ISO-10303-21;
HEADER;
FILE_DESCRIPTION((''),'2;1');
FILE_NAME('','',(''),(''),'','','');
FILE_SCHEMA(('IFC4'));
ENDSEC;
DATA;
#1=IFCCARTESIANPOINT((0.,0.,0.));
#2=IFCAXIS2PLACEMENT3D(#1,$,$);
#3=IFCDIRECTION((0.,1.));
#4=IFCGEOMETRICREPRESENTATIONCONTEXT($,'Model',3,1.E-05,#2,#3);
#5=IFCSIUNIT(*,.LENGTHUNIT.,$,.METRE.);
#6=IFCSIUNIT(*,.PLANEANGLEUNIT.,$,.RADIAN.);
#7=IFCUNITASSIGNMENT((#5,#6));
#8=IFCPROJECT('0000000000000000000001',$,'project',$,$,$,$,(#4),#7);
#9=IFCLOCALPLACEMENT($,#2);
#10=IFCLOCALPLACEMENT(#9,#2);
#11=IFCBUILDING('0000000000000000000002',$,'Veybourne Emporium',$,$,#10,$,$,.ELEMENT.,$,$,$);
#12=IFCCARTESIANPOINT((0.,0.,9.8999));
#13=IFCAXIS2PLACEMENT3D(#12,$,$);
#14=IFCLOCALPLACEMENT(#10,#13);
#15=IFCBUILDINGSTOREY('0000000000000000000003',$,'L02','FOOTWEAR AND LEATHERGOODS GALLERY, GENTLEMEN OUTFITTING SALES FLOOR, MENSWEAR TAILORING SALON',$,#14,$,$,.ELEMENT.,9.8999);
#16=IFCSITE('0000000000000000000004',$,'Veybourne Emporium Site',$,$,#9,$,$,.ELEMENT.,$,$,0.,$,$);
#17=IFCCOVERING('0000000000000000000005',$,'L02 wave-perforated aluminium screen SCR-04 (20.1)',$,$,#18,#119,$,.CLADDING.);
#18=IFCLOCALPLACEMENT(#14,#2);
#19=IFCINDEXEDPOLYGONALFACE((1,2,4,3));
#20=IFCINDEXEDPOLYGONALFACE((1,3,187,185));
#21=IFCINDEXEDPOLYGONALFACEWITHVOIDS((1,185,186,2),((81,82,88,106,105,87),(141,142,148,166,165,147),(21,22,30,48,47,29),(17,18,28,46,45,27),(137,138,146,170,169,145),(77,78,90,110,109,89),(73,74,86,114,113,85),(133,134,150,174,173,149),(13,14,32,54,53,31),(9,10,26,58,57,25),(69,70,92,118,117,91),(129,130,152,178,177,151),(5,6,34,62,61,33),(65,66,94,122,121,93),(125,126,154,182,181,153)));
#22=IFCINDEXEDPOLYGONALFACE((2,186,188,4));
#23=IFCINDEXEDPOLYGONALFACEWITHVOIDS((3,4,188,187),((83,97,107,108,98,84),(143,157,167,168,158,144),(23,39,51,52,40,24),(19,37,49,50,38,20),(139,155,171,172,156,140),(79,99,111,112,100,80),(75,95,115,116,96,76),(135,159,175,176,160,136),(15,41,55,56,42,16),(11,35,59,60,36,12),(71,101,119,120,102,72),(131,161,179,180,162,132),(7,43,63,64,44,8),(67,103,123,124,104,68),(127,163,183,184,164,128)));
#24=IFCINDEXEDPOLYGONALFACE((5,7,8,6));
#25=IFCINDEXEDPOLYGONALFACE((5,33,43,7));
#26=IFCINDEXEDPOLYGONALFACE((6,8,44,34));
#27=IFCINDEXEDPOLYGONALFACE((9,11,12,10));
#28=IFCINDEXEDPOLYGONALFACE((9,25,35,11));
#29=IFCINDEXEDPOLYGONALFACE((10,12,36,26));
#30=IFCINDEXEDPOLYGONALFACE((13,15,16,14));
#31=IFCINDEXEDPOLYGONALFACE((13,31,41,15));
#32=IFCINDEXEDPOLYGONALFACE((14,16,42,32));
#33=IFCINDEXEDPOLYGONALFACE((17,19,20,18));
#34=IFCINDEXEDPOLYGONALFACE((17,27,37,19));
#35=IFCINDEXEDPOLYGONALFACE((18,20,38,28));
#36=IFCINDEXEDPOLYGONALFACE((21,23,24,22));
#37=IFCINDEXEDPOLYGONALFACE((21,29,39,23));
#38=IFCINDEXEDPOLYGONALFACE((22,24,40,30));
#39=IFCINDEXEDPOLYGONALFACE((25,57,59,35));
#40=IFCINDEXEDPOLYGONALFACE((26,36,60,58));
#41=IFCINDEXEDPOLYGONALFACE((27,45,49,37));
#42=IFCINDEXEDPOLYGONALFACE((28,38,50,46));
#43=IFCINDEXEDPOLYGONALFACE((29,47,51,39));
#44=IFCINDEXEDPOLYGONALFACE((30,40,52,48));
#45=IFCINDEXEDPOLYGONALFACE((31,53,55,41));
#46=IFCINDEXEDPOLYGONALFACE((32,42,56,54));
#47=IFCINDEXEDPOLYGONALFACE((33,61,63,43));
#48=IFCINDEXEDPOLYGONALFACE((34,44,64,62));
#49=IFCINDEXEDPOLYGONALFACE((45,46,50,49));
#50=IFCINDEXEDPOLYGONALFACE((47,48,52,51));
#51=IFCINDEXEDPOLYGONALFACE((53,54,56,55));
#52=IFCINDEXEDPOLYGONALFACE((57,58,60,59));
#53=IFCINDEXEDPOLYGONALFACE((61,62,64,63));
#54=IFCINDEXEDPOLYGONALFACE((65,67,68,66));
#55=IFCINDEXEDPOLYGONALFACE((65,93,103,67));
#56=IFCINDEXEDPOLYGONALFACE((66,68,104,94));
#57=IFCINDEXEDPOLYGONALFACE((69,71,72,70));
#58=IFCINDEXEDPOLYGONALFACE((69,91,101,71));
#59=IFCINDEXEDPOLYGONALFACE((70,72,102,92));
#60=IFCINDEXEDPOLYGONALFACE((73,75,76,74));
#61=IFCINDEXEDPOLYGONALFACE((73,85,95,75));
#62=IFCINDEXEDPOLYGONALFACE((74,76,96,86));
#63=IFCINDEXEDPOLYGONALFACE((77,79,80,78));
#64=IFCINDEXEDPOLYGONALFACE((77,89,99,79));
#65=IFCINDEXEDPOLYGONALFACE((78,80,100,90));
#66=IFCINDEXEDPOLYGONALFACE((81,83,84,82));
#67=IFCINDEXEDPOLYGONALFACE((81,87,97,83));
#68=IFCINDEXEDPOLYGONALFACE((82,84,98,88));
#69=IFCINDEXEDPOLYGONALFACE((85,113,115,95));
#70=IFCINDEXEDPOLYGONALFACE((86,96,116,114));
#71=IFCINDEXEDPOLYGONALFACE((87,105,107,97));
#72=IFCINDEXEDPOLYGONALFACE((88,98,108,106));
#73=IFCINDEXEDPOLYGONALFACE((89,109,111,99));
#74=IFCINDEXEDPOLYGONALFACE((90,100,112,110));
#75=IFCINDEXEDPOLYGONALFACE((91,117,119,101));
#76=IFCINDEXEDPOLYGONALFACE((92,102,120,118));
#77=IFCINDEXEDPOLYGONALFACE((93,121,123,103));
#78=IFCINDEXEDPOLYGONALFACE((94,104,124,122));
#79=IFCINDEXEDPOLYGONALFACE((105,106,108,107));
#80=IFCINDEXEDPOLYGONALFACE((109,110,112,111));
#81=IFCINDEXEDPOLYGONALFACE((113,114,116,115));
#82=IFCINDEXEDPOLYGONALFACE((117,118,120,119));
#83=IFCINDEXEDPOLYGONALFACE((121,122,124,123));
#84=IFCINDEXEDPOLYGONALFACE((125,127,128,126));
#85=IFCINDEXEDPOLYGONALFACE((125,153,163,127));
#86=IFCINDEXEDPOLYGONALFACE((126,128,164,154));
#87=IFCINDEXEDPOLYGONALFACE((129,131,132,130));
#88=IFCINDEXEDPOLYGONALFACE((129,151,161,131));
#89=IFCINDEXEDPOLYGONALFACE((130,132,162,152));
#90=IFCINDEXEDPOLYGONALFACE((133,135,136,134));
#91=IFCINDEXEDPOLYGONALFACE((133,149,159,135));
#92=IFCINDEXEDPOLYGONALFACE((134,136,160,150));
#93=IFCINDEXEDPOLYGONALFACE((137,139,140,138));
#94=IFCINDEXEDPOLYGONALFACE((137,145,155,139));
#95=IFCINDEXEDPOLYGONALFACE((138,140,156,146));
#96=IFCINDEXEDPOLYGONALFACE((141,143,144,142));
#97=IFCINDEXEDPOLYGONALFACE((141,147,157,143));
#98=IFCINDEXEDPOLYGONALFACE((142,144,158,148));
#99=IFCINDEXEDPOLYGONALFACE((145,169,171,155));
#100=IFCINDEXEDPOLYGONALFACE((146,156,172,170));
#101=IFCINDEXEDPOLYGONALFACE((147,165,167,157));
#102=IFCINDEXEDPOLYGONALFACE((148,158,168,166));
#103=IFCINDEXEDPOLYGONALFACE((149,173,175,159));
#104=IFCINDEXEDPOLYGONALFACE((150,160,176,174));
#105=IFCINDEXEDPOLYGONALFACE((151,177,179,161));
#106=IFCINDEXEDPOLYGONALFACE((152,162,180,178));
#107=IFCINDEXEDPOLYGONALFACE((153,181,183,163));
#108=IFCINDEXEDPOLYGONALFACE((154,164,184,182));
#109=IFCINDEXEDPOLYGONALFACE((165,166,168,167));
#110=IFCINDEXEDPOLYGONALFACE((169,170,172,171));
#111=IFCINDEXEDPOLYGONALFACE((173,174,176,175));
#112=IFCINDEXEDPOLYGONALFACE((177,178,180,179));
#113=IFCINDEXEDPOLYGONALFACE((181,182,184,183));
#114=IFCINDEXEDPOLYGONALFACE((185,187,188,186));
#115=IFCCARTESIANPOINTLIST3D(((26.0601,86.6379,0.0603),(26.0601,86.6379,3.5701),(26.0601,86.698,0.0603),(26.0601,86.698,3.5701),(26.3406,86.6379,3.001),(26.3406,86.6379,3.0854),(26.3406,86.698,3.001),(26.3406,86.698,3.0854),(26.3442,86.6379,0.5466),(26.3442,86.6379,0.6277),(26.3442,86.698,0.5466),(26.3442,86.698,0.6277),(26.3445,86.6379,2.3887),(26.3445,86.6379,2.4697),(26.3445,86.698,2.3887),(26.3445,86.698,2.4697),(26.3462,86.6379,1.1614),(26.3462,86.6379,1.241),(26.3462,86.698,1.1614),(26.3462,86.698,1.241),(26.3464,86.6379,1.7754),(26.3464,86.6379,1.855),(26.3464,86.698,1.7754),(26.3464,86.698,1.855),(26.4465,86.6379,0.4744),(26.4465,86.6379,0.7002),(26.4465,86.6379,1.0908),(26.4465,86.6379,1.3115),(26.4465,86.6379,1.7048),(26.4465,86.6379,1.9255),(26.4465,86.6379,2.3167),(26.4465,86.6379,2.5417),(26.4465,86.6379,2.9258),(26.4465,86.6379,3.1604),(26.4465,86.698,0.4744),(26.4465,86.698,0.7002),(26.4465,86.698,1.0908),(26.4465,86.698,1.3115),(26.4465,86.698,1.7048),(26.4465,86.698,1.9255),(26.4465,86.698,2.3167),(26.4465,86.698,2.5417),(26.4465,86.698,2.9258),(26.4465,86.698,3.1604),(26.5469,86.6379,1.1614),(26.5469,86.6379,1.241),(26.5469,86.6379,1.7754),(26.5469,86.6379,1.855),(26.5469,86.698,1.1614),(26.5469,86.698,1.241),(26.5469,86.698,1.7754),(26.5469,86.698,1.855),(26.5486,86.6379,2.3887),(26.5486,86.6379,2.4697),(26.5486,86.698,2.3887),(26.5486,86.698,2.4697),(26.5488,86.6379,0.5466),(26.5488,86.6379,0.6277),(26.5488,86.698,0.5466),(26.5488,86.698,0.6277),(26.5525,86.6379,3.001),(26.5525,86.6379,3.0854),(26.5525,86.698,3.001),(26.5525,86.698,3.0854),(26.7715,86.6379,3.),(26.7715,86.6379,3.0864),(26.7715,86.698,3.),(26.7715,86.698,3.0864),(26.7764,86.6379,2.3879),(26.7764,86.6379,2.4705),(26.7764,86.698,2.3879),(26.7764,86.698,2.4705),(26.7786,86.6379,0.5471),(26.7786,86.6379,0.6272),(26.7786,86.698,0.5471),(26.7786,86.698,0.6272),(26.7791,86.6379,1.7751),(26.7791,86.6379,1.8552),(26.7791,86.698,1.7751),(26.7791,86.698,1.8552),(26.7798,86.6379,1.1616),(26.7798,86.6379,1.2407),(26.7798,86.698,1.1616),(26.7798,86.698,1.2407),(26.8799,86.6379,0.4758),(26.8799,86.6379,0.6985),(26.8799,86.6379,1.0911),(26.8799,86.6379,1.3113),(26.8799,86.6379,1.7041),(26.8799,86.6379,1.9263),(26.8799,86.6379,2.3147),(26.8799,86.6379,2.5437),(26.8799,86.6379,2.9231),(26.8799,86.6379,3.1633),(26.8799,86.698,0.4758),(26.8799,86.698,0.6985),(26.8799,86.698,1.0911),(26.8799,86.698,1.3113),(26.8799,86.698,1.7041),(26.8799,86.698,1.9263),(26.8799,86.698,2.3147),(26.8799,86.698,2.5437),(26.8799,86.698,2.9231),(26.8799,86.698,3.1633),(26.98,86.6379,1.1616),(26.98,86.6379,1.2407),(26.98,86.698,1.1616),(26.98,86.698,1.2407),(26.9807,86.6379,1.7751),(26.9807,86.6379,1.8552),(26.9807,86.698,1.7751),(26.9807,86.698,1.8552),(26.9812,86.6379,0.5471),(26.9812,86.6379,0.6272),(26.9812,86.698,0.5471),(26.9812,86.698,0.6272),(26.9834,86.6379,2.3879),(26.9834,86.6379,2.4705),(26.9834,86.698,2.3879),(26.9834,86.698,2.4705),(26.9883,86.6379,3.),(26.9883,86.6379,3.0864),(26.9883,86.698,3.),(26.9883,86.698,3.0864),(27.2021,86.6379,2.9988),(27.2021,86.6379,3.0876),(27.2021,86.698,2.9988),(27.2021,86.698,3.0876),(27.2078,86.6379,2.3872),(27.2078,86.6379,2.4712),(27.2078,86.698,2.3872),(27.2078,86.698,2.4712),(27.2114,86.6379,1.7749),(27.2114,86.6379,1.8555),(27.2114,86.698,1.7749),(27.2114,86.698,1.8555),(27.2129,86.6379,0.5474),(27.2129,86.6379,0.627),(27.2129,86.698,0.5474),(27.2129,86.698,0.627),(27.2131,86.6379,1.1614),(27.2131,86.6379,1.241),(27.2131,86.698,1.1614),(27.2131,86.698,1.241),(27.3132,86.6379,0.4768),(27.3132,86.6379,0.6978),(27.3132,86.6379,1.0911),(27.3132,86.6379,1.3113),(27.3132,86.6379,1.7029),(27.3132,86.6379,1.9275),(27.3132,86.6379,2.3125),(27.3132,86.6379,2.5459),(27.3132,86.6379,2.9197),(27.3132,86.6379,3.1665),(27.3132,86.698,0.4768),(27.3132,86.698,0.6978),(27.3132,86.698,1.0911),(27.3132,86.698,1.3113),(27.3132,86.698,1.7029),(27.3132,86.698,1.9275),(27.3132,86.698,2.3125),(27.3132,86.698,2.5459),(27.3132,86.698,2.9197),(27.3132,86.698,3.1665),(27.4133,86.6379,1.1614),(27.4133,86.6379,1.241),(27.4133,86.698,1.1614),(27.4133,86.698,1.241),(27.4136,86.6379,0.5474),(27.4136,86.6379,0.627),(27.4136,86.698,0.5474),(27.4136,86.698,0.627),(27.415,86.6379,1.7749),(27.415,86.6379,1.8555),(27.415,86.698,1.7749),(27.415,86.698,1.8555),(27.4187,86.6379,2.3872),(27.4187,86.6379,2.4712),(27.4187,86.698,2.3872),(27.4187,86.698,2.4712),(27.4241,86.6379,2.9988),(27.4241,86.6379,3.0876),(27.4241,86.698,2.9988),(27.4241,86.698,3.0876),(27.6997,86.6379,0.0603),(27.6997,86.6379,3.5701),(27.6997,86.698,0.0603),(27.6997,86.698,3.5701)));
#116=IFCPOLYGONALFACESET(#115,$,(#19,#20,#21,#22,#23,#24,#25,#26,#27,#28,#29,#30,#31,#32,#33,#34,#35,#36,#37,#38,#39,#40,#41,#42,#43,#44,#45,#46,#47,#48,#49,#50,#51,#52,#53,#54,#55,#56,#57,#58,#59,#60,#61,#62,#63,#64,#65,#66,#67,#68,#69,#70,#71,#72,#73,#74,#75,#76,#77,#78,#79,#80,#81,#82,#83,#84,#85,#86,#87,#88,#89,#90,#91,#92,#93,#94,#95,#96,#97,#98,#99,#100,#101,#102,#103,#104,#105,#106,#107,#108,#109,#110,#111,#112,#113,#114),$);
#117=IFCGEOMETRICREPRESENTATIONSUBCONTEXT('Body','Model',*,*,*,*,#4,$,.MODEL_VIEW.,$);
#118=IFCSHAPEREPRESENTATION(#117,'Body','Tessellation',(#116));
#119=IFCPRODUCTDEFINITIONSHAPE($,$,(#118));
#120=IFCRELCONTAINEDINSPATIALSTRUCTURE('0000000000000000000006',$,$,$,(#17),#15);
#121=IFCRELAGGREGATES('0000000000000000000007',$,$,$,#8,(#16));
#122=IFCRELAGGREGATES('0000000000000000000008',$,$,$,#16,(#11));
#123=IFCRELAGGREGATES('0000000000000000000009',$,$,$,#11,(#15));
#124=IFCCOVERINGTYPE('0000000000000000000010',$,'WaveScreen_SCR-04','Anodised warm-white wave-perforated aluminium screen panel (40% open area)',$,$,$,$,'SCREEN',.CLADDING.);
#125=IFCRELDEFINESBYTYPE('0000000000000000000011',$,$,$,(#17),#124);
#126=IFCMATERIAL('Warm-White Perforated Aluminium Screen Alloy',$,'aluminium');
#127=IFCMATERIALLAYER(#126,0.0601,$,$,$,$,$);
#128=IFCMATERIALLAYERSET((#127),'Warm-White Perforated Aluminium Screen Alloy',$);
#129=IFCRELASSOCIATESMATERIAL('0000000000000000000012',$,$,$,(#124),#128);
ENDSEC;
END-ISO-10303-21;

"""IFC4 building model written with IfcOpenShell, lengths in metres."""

from ifc_helpers import new_model, si_unit, direction, frame, origin, place, context, subcontext, project, spatial, polyline, outline, extrude, material, layer, layer_set, type_object, element, save


model = new_model("IFC4")

# Units and contexts
model_context = context("Model", 3, precision=1e-05, world=origin(), true_north=direction((0.0, 1.0)))
body_context = subcontext(model_context, "Body", "Model", "MODEL_VIEW")
ifc_project = project(units=[si_unit("LENGTHUNIT", "METRE"), si_unit("PLANEANGLEUNIT", "RADIAN")], contexts=[model_context])

# Site, building, storey
site_placement = place(None, origin())
site = spatial("IfcSite", under=ifc_project, at=site_placement, Name="Veybourne Emporium Site", CompositionType="ELEMENT", RefElevation=0.0)
building_placement = place(site_placement, origin())
building = spatial("IfcBuilding", under=site, at=building_placement, Name="Veybourne Emporium", CompositionType="ELEMENT")
storey_placement = place(building_placement, frame((0.0, 0.0, 9.8999)))
storey = spatial("IfcBuildingStorey", under=building, at=storey_placement, Name="L02", Description="FOOTWEAR AND LEATHERGOODS GALLERY, GENTLEMEN OUTFITTING SALES FLOOR, MENSWEAR TAILORING SALON", CompositionType="ELEMENT", Elevation=9.8999)

# Covering
ifc_material_1 = material(Name="Warm-White Perforated Aluminium Screen Alloy", Category="aluminium")
ifc_layer_1 = layer(ifc_material_1, 0.0601)
ifc_layer_set_1 = layer_set([ifc_layer_1], Name="Warm-White Perforated Aluminium Screen Alloy")
covering_type_1 = type_object("IfcCoveringType", Name="WaveScreen_SCR-04", Description="Anodised warm-white wave-perforated aluminium screen panel (40% open area)", ElementType="SCREEN", PredefinedType="CLADDING", material=ifc_layer_set_1)
covering_1_placement = place(storey_placement, frame((26.8799, 86.698, 1.8152), z_axis=(0.0, -1.0, 0.0), x_axis=(1.0, 0.0, 0.0)))
element("IfcCovering", 1, at=covering_1_placement, inside=storey, type_object=covering_type_1, Name="L02 wave-perforated aluminium screen SCR-04 (20.1)", PredefinedType="CLADDING", context=body_context, shape_type="SweptSolid", body=[
    extrude(outline(polyline([(-0.8198, -1.7549), (0.8198, -1.7549), (0.8198, 1.7549), (-0.8198, 1.7549), (-0.8198, -1.7549)]), holes=[polyline([(-0.4333, -1.115), (-0.3311, -1.1875), (-0.3311, -1.2686), (-0.4333, -1.3408), (-0.5356, -1.2686), (-0.5356, -1.1875), (-0.4333, -1.115)]), polyline([(-0.4333, -0.5037), (-0.333, -0.5742), (-0.333, -0.6538), (-0.4333, -0.7244), (-0.5337, -0.6538), (-0.5337, -0.5742), (-0.4333, -0.5037)]), polyline([(-0.4333, 0.1104), (-0.333, 0.0398), (-0.333, -0.0398), (-0.4333, -0.1104), (-0.5334, -0.0398), (-0.5334, 0.0398), (-0.4333, 0.1104)]), polyline([(-0.4333, 0.7266), (-0.3313, 0.6545), (-0.3313, 0.5735), (-0.4333, 0.5015), (-0.5354, 0.5735), (-0.5354, 0.6545), (-0.4333, 0.7266)]), polyline([(-0.4333, 1.3452), (-0.3274, 1.2703), (-0.3274, 1.1858), (-0.4333, 1.1106), (-0.5393, 1.1858), (-0.5393, 1.2703), (-0.4333, 1.3452)]), polyline([(0.0, -1.1167), (0.1013, -1.188), (0.1013, -1.2681), (0.0, -1.3394), (-0.1013, -1.2681), (-0.1013, -1.188), (0.0, -1.1167)]), polyline([(0.0, -0.5039), (0.1001, -0.5745), (0.1001, -0.6536), (0.0, -0.7241), (-0.1001, -0.6536), (-0.1001, -0.5745), (0.0, -0.5039)]), polyline([(0.0, 0.1111), (0.1008, 0.04), (0.1008, -0.04), (0.0, -0.1111), (-0.1008, -0.04), (-0.1008, 0.04), (0.0, 0.1111)]), polyline([(0.0, 0.7285), (0.1035, 0.6553), (0.1035, 0.5728), (0.0, 0.4995), (-0.1035, 0.5728), (-0.1035, 0.6553), (0.0, 0.7285)]), polyline([(0.0, 1.3481), (0.1084, 1.2712), (0.1084, 1.1848), (0.0, 1.1079), (-0.1084, 1.1848), (-0.1084, 1.2712), (0.0, 1.3481)]), polyline([(0.4333, -1.1174), (0.5337, -1.1882), (0.5337, -1.2678), (0.4333, -1.3384), (0.333, -1.2678), (0.333, -1.1882), (0.4333, -1.1174)]), polyline([(0.4333, -0.5039), (0.5334, -0.5742), (0.5334, -0.6538), (0.4333, -0.7241), (0.3333, -0.6538), (0.3333, -0.5742), (0.4333, -0.5039)]), polyline([(0.4333, 0.1123), (0.5352, 0.0403), (0.5352, -0.0403), (0.4333, -0.1123), (0.3315, -0.0403), (0.3315, 0.0403), (0.4333, 0.1123)]), polyline([(0.4333, 0.7307), (0.5388, 0.656), (0.5388, 0.572), (0.4333, 0.4973), (0.3279, 0.572), (0.3279, 0.656), (0.4333, 0.7307)]), polyline([(0.4333, 1.3513), (0.5442, 1.2725), (0.5442, 1.1836), (0.4333, 1.1045), (0.3223, 1.1836), (0.3223, 1.2725), (0.4333, 1.3513)])]), origin(), (0.0, 0.0, 1.0), 0.0601),
])

save(model, "model.ifc")
